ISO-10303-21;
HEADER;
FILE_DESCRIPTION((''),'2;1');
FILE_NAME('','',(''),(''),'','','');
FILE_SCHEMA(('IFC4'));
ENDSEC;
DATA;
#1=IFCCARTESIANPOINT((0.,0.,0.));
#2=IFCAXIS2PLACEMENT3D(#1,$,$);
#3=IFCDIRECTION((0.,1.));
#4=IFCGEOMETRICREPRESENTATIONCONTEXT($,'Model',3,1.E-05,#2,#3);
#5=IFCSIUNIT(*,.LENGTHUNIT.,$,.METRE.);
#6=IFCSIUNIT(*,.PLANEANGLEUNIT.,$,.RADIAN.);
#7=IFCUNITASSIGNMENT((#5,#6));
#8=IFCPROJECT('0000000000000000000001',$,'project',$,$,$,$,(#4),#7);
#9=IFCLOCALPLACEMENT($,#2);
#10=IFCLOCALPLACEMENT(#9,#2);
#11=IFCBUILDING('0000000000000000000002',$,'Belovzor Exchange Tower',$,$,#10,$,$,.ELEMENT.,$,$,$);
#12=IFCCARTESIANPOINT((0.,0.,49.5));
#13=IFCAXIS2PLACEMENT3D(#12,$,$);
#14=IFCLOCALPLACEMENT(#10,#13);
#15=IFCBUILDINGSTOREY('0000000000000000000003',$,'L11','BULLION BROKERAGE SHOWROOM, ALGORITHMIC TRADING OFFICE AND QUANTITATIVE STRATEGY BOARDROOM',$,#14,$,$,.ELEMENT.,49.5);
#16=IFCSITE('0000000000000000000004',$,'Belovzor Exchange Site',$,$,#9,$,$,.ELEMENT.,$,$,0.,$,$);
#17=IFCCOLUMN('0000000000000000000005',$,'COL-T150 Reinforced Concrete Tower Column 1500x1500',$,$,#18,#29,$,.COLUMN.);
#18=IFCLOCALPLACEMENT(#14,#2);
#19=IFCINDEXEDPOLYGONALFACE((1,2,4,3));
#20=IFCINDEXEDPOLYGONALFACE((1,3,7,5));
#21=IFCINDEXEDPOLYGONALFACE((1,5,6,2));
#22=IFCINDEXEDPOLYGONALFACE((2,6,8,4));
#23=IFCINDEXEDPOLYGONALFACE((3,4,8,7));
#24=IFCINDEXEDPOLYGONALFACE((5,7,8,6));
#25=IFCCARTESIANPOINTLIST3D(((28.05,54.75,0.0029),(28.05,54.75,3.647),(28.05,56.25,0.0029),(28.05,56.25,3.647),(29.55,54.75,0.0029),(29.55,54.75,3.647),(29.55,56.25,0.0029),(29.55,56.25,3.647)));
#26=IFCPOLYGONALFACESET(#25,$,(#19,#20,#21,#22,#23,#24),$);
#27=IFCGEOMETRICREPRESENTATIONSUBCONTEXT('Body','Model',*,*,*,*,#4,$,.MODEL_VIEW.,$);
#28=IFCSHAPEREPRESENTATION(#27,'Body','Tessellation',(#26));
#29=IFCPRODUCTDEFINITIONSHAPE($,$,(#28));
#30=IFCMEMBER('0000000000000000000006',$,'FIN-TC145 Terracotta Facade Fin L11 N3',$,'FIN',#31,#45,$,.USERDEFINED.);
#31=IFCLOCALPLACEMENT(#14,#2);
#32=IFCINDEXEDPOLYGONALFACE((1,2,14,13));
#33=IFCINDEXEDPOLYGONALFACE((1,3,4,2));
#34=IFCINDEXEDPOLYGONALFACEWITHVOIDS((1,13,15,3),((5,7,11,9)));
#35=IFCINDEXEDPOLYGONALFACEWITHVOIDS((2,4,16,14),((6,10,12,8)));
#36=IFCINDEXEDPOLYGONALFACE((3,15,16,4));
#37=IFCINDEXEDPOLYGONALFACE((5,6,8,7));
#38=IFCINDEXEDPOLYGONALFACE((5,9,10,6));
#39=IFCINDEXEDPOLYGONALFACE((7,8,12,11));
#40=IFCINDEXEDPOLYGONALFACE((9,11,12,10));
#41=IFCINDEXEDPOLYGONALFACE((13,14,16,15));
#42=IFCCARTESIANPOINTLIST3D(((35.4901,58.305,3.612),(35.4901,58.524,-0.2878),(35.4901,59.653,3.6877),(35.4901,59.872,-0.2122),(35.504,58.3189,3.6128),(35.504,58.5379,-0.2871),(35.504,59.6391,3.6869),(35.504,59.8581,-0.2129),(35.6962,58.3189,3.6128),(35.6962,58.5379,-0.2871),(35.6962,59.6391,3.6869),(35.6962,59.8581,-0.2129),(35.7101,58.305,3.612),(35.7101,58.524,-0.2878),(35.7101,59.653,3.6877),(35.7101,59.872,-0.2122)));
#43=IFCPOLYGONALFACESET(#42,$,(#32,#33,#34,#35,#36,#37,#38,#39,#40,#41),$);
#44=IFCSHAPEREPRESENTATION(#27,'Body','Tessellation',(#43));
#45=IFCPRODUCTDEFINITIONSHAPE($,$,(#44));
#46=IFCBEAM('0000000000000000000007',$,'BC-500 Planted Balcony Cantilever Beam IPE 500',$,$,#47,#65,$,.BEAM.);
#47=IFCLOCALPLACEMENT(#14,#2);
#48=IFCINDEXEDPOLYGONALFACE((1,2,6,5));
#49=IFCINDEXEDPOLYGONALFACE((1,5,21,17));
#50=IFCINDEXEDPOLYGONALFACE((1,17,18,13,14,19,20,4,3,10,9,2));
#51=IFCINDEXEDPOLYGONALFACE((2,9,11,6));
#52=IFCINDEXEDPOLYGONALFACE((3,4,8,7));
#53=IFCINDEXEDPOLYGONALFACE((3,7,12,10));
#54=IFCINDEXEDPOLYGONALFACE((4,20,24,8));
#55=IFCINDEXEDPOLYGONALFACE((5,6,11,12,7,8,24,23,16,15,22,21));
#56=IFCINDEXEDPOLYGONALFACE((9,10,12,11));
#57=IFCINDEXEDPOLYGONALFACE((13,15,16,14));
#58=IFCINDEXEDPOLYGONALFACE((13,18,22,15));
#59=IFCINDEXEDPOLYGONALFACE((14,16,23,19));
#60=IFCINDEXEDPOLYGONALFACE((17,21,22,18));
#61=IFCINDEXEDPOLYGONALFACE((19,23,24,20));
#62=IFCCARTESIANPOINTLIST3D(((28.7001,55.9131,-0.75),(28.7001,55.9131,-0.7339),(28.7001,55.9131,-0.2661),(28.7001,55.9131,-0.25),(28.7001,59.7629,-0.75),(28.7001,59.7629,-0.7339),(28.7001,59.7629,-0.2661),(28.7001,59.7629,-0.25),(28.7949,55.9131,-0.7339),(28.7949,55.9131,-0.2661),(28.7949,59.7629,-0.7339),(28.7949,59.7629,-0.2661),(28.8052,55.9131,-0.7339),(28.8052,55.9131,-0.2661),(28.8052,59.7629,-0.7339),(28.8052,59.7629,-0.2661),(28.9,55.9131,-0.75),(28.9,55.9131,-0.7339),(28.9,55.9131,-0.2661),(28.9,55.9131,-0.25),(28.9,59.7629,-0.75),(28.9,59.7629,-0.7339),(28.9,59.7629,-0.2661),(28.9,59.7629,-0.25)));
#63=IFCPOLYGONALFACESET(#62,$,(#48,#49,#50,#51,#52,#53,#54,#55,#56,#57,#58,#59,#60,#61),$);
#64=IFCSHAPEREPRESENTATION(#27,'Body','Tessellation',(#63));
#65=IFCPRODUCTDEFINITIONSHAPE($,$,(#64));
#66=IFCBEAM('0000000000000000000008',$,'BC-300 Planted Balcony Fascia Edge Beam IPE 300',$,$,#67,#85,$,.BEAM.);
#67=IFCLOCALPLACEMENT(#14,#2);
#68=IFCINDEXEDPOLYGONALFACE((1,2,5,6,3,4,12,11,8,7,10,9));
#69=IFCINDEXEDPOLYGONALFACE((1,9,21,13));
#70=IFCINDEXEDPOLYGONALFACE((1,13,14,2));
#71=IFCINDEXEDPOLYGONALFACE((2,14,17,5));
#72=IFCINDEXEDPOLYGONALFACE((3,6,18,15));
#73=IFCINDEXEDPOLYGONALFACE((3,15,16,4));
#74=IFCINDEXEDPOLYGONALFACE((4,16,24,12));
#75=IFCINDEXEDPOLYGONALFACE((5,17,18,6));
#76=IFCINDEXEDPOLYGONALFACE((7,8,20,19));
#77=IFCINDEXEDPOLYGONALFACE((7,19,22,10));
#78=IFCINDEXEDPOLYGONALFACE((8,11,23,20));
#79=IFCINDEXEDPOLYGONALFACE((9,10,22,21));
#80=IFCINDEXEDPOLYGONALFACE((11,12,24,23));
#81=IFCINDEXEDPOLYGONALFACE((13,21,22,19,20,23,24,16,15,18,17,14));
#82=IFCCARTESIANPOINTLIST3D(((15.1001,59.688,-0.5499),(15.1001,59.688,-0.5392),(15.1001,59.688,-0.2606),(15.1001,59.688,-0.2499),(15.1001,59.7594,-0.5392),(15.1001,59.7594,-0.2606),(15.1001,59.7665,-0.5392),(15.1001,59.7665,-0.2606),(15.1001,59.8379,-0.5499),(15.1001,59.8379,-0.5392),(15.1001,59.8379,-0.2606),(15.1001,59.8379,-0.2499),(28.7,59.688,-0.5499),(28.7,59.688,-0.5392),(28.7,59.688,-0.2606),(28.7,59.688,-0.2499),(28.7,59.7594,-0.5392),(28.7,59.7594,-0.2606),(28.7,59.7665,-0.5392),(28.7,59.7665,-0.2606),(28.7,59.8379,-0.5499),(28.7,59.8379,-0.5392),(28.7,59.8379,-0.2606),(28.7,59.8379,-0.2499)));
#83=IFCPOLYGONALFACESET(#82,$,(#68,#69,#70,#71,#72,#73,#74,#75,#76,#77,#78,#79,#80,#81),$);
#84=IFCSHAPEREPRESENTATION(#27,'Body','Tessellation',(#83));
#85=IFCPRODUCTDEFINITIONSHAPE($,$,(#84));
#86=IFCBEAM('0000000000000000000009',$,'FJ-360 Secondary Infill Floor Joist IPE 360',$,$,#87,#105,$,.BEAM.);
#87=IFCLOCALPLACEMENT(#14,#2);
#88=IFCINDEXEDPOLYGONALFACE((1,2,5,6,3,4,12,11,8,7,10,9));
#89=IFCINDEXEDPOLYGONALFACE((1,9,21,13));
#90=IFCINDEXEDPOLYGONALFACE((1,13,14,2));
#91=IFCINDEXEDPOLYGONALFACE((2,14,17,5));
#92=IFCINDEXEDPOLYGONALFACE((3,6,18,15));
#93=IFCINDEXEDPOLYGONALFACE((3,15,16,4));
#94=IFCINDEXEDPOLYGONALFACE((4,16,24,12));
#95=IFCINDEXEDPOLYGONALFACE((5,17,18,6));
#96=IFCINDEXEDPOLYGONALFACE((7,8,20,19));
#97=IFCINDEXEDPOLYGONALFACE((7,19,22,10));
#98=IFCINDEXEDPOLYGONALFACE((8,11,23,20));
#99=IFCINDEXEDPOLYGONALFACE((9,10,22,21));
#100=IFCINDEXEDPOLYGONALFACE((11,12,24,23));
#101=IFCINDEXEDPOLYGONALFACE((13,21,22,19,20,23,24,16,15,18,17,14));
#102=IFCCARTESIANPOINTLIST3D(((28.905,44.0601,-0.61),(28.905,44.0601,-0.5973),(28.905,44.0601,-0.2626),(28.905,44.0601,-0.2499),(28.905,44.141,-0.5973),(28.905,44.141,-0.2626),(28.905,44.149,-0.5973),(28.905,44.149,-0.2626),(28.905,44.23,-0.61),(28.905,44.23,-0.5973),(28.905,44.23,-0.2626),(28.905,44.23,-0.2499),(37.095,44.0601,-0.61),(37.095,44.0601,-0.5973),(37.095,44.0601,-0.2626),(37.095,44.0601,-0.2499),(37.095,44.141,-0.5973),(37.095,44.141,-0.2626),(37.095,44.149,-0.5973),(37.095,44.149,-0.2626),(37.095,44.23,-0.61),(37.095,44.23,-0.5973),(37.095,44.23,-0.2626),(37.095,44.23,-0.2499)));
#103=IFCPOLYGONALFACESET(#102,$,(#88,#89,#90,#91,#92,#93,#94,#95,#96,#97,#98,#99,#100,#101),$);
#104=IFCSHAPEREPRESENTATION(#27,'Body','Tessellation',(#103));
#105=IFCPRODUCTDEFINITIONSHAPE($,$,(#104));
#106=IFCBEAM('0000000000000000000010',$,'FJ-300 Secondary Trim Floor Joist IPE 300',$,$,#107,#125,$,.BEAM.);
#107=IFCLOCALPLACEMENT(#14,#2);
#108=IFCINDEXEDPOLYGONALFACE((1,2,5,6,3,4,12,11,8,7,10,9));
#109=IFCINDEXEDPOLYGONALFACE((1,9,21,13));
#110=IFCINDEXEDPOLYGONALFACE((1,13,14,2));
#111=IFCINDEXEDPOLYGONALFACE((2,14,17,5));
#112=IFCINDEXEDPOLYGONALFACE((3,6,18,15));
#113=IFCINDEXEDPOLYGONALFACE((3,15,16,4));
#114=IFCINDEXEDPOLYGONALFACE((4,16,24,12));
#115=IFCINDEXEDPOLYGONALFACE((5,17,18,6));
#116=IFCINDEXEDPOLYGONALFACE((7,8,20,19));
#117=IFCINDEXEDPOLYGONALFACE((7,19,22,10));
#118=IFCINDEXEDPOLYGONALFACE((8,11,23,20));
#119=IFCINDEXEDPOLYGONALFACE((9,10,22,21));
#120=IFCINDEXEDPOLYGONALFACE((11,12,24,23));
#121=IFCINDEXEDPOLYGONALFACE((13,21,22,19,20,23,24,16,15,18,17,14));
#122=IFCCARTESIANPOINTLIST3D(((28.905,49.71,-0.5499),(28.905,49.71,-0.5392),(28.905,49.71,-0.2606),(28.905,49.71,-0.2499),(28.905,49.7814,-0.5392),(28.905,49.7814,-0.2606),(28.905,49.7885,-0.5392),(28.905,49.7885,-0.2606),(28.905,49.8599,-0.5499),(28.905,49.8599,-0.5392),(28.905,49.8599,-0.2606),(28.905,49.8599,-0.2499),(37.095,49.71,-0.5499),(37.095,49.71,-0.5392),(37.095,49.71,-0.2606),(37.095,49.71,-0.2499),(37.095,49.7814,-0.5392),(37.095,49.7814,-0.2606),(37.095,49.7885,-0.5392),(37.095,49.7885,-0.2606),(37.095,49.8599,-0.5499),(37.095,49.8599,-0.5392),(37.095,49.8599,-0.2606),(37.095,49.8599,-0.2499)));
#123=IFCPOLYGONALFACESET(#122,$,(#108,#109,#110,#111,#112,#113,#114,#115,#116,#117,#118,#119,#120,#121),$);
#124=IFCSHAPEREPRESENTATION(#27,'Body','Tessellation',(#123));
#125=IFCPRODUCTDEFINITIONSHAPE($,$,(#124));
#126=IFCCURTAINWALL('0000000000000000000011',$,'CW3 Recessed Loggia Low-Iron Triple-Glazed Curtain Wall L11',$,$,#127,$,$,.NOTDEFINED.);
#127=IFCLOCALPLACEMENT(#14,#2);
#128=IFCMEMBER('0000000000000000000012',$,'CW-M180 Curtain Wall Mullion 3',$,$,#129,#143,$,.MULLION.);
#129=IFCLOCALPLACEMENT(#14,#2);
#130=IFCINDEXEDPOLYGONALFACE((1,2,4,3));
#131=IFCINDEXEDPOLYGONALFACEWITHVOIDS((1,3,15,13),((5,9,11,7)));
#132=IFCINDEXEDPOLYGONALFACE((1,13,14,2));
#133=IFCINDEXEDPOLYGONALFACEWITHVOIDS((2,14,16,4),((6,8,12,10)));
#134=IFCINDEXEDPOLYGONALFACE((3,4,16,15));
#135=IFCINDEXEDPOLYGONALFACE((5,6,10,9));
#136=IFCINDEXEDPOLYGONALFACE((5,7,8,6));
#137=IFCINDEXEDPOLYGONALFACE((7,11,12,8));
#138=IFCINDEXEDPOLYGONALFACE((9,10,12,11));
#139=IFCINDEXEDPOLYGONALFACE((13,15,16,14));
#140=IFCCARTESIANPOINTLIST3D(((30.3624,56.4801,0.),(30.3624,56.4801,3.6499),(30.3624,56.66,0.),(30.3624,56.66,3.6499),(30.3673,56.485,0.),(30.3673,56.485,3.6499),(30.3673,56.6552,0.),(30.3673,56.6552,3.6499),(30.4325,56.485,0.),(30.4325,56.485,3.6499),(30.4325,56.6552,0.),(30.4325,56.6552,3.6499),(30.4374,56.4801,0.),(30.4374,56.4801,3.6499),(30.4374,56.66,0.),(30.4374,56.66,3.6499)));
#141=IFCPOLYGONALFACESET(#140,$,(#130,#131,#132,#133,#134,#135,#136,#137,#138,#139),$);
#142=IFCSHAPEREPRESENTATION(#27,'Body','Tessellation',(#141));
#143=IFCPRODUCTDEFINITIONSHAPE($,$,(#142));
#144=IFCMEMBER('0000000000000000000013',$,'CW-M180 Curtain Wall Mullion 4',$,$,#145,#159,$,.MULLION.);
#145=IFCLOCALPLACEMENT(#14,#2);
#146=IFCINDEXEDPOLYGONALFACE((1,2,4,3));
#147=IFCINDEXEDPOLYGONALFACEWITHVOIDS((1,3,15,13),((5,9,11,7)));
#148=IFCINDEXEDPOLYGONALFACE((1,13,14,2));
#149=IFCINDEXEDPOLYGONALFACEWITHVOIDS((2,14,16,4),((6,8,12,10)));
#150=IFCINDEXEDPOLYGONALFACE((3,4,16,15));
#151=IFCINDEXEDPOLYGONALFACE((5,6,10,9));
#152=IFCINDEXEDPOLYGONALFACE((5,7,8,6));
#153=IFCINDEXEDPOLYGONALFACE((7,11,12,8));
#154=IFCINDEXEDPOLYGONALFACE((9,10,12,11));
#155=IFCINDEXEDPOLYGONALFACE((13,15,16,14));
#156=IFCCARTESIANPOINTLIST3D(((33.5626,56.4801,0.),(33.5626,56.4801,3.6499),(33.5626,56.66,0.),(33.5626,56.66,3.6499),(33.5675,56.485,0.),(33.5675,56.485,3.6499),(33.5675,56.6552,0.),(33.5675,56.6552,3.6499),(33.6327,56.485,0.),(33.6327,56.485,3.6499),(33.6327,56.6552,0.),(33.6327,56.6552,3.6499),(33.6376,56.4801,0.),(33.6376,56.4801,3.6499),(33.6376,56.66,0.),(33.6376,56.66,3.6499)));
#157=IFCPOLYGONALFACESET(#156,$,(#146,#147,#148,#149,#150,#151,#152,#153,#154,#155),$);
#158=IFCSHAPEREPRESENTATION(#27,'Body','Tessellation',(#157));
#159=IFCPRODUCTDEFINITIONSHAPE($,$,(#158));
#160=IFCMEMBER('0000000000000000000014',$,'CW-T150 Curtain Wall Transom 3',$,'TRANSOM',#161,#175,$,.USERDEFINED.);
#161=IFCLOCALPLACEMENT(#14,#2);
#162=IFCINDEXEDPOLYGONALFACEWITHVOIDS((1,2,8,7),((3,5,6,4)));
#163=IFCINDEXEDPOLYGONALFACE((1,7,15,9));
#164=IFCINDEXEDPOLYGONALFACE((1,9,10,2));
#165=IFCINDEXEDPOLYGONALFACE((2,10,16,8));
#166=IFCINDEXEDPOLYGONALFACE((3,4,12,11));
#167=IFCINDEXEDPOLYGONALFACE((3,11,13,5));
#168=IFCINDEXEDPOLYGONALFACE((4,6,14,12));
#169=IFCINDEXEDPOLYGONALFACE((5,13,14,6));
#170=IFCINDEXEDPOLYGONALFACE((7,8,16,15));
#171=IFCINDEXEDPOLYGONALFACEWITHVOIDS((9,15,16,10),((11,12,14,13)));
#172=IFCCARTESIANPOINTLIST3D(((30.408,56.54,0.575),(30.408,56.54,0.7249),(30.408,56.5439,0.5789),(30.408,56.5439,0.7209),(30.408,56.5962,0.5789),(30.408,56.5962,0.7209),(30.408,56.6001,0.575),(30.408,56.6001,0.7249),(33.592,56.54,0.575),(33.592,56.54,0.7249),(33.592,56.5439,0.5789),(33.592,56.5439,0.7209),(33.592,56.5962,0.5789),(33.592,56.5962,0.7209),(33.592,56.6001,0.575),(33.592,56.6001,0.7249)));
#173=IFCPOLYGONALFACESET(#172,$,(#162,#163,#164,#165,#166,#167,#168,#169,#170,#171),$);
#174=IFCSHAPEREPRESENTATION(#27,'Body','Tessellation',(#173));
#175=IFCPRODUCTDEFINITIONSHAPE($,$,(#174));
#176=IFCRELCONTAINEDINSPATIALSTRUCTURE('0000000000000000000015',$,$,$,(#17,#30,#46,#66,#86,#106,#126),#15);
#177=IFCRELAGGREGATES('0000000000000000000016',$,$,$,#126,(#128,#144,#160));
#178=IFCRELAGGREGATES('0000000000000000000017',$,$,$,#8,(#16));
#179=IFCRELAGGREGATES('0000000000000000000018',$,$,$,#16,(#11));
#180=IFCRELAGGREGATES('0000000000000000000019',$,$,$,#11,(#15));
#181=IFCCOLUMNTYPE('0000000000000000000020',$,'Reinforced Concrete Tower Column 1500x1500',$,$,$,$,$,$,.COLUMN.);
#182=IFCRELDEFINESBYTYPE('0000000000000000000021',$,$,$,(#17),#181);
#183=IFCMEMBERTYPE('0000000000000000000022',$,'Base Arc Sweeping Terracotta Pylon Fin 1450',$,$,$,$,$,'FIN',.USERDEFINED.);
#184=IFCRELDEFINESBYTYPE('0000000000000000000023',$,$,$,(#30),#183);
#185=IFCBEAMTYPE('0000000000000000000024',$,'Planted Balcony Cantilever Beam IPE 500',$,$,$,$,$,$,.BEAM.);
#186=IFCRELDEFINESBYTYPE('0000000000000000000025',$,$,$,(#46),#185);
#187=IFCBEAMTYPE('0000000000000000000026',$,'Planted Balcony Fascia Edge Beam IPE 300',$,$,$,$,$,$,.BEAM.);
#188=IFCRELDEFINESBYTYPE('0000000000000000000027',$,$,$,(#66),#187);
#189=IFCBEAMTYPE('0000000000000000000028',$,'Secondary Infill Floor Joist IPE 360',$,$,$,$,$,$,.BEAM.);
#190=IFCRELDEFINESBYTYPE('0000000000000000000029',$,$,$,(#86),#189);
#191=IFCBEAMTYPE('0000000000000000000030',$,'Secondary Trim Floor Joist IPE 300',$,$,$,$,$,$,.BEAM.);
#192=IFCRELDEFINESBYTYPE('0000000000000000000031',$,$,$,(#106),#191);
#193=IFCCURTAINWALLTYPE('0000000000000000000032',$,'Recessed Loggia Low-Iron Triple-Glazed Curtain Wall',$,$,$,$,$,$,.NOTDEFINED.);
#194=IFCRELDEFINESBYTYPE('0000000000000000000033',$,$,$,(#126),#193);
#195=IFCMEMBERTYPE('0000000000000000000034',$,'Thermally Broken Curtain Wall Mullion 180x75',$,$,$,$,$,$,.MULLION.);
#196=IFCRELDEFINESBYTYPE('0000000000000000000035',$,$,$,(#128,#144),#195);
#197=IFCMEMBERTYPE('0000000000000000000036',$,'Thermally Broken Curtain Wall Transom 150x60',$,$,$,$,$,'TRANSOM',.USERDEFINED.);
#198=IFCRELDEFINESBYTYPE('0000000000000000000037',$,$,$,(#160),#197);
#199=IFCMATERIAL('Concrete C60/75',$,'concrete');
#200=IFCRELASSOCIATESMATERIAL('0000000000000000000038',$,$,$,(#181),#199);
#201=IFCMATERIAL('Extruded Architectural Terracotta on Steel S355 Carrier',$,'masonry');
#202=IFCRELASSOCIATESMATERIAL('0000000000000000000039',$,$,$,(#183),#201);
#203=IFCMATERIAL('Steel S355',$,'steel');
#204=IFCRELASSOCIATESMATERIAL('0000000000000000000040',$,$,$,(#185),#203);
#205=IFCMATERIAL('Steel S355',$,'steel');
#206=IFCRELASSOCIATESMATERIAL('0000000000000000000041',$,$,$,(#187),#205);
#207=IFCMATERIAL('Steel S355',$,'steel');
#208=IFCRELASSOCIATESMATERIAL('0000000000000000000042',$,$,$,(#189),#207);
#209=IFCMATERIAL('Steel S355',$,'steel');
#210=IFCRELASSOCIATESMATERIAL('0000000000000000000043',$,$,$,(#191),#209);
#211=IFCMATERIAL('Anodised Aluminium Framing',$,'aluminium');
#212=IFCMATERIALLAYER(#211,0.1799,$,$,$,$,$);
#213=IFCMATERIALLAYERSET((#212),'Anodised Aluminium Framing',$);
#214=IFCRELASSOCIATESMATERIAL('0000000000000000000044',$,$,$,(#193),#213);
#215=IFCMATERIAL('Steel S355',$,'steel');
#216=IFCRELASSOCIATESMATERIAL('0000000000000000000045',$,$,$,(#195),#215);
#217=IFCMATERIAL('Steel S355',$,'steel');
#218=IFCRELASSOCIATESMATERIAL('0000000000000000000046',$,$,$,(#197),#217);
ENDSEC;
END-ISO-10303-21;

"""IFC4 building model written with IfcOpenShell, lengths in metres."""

from ifc_helpers import new_model, si_unit, direction, frame, origin, origin_2d, place, context, subcontext, project, spatial, rectangle, hollow_rectangle, i_section, extrude, material, layer, layer_set, material_profile, profile_set, type_object, element, aggregate, save


model = new_model("IFC4")

# Units and contexts
model_context = context("Model", 3, precision=1e-05, world=origin(), true_north=direction((0.0, 1.0)))
body_context = subcontext(model_context, "Body", "Model", "MODEL_VIEW")
ifc_project = project(units=[si_unit("LENGTHUNIT", "METRE"), si_unit("PLANEANGLEUNIT", "RADIAN")], contexts=[model_context])

# Site, building, storey
site_placement = place(None, origin())
site = spatial("IfcSite", under=ifc_project, at=site_placement, Name="Belovzor Exchange Site", CompositionType="ELEMENT", RefElevation=0.0)
building_placement = place(site_placement, origin())
building = spatial("IfcBuilding", under=site, at=building_placement, Name="Belovzor Exchange Tower", CompositionType="ELEMENT")
storey_placement = place(building_placement, frame((0.0, 0.0, 49.5)))
storey = spatial("IfcBuildingStorey", under=building, at=storey_placement, Name="L11", Description="BULLION BROKERAGE SHOWROOM, ALGORITHMIC TRADING OFFICE AND QUANTITATIVE STRATEGY BOARDROOM", CompositionType="ELEMENT", Elevation=49.5)

# Column
ifc_material_1 = material(Name="Concrete C60/75", Category="concrete")
ifc_material_profile_1 = material_profile(ifc_material_1, rectangle(XDim=1.5, YDim=1.5, at=origin_2d()))
ifc_profile_set_1 = profile_set([ifc_material_profile_1], Name="Concrete C60/75")
column_type = type_object("IfcColumnType", Name="Reinforced Concrete Tower Column 1500x1500", PredefinedType="COLUMN", material=ifc_profile_set_1)
column_placement = place(storey_placement, frame((28.8, 55.5, 0.0029), z_axis=(0.0, 0.0, 1.0), x_axis=(1.0, 0.0, 0.0)))
element("IfcColumn", 1, at=column_placement, inside=storey, type_object=column_type, Name="COL-T150 Reinforced Concrete Tower Column 1500x1500", PredefinedType="COLUMN", context=body_context, shape_type="SweptSolid", body=[
    extrude(rectangle(XDim=1.5, YDim=1.5, at=origin_2d()), origin(), (0.0, 0.0, 1.0), 3.644),
])

# Member
ifc_material_2 = material(Name="Extruded Architectural Terracotta on Steel S355 Carrier", Category="masonry")
ifc_material_profile_2 = material_profile(ifc_material_2, hollow_rectangle(XDim=0.22, YDim=1.3501, WallThickness=0.0139, at=origin_2d()))
ifc_profile_set_2 = profile_set([ifc_material_profile_2], Name="Extruded Architectural Terracotta on Steel S355 Carrier")
member_type_1 = type_object("IfcMemberType", Name="Base Arc Sweeping Terracotta Pylon Fin 1450", ElementType="FIN", PredefinedType="USERDEFINED", material=ifc_profile_set_2)
member_1_placement = place(storey_placement, frame((35.6001, 59.198, -0.25), z_axis=(0.0, -0.056065, 0.998427), x_axis=(1.0, 0.0, 0.0)))
element("IfcMember", 2, at=member_1_placement, inside=storey, type_object=member_type_1, Name="FIN-TC145 Terracotta Facade Fin L11 N3", ObjectType="FIN", PredefinedType="USERDEFINED", context=body_context, shape_type="SweptSolid", body=[
    extrude(hollow_rectangle(XDim=0.22, YDim=1.3501, WallThickness=0.0139, at=origin_2d()), origin(), (0.0, 0.0, 1.0), 3.906),
])

# Beams
ifc_material_3 = material(Name="Steel S355", Category="steel")
ifc_material_profile_3 = material_profile(ifc_material_3, i_section(OverallWidth=0.2, OverallDepth=0.5, WebThickness=0.0103, FlangeThickness=0.0161, at=origin_2d()))
ifc_profile_set_3 = profile_set([ifc_material_profile_3], Name="Steel S355")
beam_type_1 = type_object("IfcBeamType", Name="Planted Balcony Cantilever Beam IPE 500", PredefinedType="BEAM", material=ifc_profile_set_3)
beam_1_placement = place(storey_placement, frame((28.8, 55.9131, -0.5), z_axis=(0.0, 1.0, 0.0), x_axis=(-1.0, 0.0, 0.0)))
element("IfcBeam", 3, at=beam_1_placement, inside=storey, type_object=beam_type_1, Name="BC-500 Planted Balcony Cantilever Beam IPE 500", PredefinedType="BEAM", context=body_context, shape_type="SweptSolid", body=[
    extrude(i_section(OverallWidth=0.2, OverallDepth=0.5, WebThickness=0.0103, FlangeThickness=0.0161, at=origin_2d()), origin(), (0.0, 0.0, 1.0), 3.8499),
])
ifc_material_4 = material(Name="Steel S355", Category="steel")
ifc_material_profile_4 = material_profile(ifc_material_4, i_section(OverallWidth=0.1499, OverallDepth=0.3, WebThickness=0.0071, FlangeThickness=0.0107, at=origin_2d()))
ifc_profile_set_4 = profile_set([ifc_material_profile_4], Name="Steel S355")
beam_type_2 = type_object("IfcBeamType", Name="Planted Balcony Fascia Edge Beam IPE 300", PredefinedType="BEAM", material=ifc_profile_set_4)
beam_2_placement = place(storey_placement, frame((28.7, 59.7629, -0.3999), z_axis=(-1.0, 0.0, 0.0), x_axis=(0.0, -1.0, 0.0)))
element("IfcBeam", 4, at=beam_2_placement, inside=storey, type_object=beam_type_2, Name="BC-300 Planted Balcony Fascia Edge Beam IPE 300", PredefinedType="BEAM", context=body_context, shape_type="SweptSolid", body=[
    extrude(i_section(OverallWidth=0.1499, OverallDepth=0.3, WebThickness=0.0071, FlangeThickness=0.0107, at=origin_2d()), origin(), (0.0, 0.0, 1.0), 13.5999),
])
ifc_material_5 = material(Name="Steel S355", Category="steel")
ifc_material_profile_5 = material_profile(ifc_material_5, i_section(OverallWidth=0.1699, OverallDepth=0.3601, WebThickness=0.0081, FlangeThickness=0.0127, at=origin_2d()))
ifc_profile_set_5 = profile_set([ifc_material_profile_5], Name="Steel S355")
beam_type_3 = type_object("IfcBeamType", Name="Secondary Infill Floor Joist IPE 360", PredefinedType="BEAM", material=ifc_profile_set_5)
beam_3_placement = place(storey_placement, frame((28.905, 44.145, -0.4299), z_axis=(1.0, 0.0, 0.0), x_axis=(0.0, 1.0, 0.0)))
element("IfcBeam", 5, at=beam_3_placement, inside=storey, type_object=beam_type_3, Name="FJ-360 Secondary Infill Floor Joist IPE 360", PredefinedType="BEAM", context=body_context, shape_type="SweptSolid", body=[
    extrude(i_section(OverallWidth=0.1699, OverallDepth=0.3601, WebThickness=0.0081, FlangeThickness=0.0127, at=origin_2d()), origin(), (0.0, 0.0, 1.0), 8.1899),
])
ifc_material_6 = material(Name="Steel S355", Category="steel")
ifc_material_profile_6 = material_profile(ifc_material_6, i_section(OverallWidth=0.1499, OverallDepth=0.3, WebThickness=0.0071, FlangeThickness=0.0107, at=origin_2d()))
ifc_profile_set_6 = profile_set([ifc_material_profile_6], Name="Steel S355")
beam_type_4 = type_object("IfcBeamType", Name="Secondary Trim Floor Joist IPE 300", PredefinedType="BEAM", material=ifc_profile_set_6)
beam_4_placement = place(storey_placement, frame((28.905, 49.7849, -0.3999), z_axis=(1.0, 0.0, 0.0), x_axis=(0.0, 1.0, 0.0)))
element("IfcBeam", 6, at=beam_4_placement, inside=storey, type_object=beam_type_4, Name="FJ-300 Secondary Trim Floor Joist IPE 300", PredefinedType="BEAM", context=body_context, shape_type="SweptSolid", body=[
    extrude(i_section(OverallWidth=0.1499, OverallDepth=0.3, WebThickness=0.0071, FlangeThickness=0.0107, at=origin_2d()), origin(), (0.0, 0.0, 1.0), 8.1899),
])

# Curtain wall, members
ifc_material_7 = material(Name="Anodised Aluminium Framing", Category="aluminium")
ifc_layer_1 = layer(ifc_material_7, 0.1799)
ifc_layer_set_1 = layer_set([ifc_layer_1], Name="Anodised Aluminium Framing")
curtain_wall_type = type_object("IfcCurtainWallType", Name="Recessed Loggia Low-Iron Triple-Glazed Curtain Wall", PredefinedType="NOTDEFINED", material=ifc_layer_set_1)
curtain_wall_placement = place(storey_placement, origin())
curtain_wall = element("IfcCurtainWall", 7, at=curtain_wall_placement, inside=storey, type_object=curtain_wall_type, Name="CW3 Recessed Loggia Low-Iron Triple-Glazed Curtain Wall L11", PredefinedType="NOTDEFINED")
ifc_material_8 = material(Name="Steel S355", Category="steel")
ifc_material_profile_7 = material_profile(ifc_material_8, hollow_rectangle(XDim=0.075, YDim=0.1799, WallThickness=0.0049, at=origin_2d()))
ifc_profile_set_7 = profile_set([ifc_material_profile_7], Name="Steel S355")
member_type_2 = type_object("IfcMemberType", Name="Thermally Broken Curtain Wall Mullion 180x75", PredefinedType="MULLION", material=ifc_profile_set_7)
member_2_placement = place(storey_placement, frame((30.3999, 56.5701, 0.0), z_axis=(0.0, 0.0, 1.0), x_axis=(1.0, 0.0, 0.0)))
member_2 = element("IfcMember", 8, at=member_2_placement, type_object=member_type_2, Name="CW-M180 Curtain Wall Mullion 3", PredefinedType="MULLION", context=body_context, shape_type="SweptSolid", body=[
    extrude(hollow_rectangle(XDim=0.075, YDim=0.1799, WallThickness=0.0049, at=origin_2d()), origin(), (0.0, 0.0, 1.0), 3.6499),
])
member_3_placement = place(storey_placement, frame((33.6001, 56.5701, 0.0), z_axis=(0.0, 0.0, 1.0), x_axis=(1.0, 0.0, 0.0)))
member_3 = element("IfcMember", 9, at=member_3_placement, type_object=member_type_2, Name="CW-M180 Curtain Wall Mullion 4", PredefinedType="MULLION", context=body_context, shape_type="SweptSolid", body=[
    extrude(hollow_rectangle(XDim=0.075, YDim=0.1799, WallThickness=0.0049, at=origin_2d()), origin(), (0.0, 0.0, 1.0), 3.6499),
])
ifc_material_9 = material(Name="Steel S355", Category="steel")
ifc_material_profile_8 = material_profile(ifc_material_9, hollow_rectangle(XDim=0.0601, YDim=0.1499, WallThickness=0.0039, at=origin_2d()))
ifc_profile_set_8 = profile_set([ifc_material_profile_8], Name="Steel S355")
member_type_3 = type_object("IfcMemberType", Name="Thermally Broken Curtain Wall Transom 150x60", ElementType="TRANSOM", PredefinedType="USERDEFINED", material=ifc_profile_set_8)
member_4_placement = place(storey_placement, frame((30.408, 56.5701, 0.6499), z_axis=(1.0, 0.0, 0.0), x_axis=(0.0, 1.0, 0.0)))
member_4 = element("IfcMember", 10, at=member_4_placement, type_object=member_type_3, Name="CW-T150 Curtain Wall Transom 3", ObjectType="TRANSOM", PredefinedType="USERDEFINED", context=body_context, shape_type="SweptSolid", body=[
    extrude(hollow_rectangle(XDim=0.0601, YDim=0.1499, WallThickness=0.0039, at=origin_2d()), origin(), (0.0, 0.0, 1.0), 3.1841),
])

aggregate(curtain_wall, [member_2, member_3, member_4])

save(model, "model.ifc")
